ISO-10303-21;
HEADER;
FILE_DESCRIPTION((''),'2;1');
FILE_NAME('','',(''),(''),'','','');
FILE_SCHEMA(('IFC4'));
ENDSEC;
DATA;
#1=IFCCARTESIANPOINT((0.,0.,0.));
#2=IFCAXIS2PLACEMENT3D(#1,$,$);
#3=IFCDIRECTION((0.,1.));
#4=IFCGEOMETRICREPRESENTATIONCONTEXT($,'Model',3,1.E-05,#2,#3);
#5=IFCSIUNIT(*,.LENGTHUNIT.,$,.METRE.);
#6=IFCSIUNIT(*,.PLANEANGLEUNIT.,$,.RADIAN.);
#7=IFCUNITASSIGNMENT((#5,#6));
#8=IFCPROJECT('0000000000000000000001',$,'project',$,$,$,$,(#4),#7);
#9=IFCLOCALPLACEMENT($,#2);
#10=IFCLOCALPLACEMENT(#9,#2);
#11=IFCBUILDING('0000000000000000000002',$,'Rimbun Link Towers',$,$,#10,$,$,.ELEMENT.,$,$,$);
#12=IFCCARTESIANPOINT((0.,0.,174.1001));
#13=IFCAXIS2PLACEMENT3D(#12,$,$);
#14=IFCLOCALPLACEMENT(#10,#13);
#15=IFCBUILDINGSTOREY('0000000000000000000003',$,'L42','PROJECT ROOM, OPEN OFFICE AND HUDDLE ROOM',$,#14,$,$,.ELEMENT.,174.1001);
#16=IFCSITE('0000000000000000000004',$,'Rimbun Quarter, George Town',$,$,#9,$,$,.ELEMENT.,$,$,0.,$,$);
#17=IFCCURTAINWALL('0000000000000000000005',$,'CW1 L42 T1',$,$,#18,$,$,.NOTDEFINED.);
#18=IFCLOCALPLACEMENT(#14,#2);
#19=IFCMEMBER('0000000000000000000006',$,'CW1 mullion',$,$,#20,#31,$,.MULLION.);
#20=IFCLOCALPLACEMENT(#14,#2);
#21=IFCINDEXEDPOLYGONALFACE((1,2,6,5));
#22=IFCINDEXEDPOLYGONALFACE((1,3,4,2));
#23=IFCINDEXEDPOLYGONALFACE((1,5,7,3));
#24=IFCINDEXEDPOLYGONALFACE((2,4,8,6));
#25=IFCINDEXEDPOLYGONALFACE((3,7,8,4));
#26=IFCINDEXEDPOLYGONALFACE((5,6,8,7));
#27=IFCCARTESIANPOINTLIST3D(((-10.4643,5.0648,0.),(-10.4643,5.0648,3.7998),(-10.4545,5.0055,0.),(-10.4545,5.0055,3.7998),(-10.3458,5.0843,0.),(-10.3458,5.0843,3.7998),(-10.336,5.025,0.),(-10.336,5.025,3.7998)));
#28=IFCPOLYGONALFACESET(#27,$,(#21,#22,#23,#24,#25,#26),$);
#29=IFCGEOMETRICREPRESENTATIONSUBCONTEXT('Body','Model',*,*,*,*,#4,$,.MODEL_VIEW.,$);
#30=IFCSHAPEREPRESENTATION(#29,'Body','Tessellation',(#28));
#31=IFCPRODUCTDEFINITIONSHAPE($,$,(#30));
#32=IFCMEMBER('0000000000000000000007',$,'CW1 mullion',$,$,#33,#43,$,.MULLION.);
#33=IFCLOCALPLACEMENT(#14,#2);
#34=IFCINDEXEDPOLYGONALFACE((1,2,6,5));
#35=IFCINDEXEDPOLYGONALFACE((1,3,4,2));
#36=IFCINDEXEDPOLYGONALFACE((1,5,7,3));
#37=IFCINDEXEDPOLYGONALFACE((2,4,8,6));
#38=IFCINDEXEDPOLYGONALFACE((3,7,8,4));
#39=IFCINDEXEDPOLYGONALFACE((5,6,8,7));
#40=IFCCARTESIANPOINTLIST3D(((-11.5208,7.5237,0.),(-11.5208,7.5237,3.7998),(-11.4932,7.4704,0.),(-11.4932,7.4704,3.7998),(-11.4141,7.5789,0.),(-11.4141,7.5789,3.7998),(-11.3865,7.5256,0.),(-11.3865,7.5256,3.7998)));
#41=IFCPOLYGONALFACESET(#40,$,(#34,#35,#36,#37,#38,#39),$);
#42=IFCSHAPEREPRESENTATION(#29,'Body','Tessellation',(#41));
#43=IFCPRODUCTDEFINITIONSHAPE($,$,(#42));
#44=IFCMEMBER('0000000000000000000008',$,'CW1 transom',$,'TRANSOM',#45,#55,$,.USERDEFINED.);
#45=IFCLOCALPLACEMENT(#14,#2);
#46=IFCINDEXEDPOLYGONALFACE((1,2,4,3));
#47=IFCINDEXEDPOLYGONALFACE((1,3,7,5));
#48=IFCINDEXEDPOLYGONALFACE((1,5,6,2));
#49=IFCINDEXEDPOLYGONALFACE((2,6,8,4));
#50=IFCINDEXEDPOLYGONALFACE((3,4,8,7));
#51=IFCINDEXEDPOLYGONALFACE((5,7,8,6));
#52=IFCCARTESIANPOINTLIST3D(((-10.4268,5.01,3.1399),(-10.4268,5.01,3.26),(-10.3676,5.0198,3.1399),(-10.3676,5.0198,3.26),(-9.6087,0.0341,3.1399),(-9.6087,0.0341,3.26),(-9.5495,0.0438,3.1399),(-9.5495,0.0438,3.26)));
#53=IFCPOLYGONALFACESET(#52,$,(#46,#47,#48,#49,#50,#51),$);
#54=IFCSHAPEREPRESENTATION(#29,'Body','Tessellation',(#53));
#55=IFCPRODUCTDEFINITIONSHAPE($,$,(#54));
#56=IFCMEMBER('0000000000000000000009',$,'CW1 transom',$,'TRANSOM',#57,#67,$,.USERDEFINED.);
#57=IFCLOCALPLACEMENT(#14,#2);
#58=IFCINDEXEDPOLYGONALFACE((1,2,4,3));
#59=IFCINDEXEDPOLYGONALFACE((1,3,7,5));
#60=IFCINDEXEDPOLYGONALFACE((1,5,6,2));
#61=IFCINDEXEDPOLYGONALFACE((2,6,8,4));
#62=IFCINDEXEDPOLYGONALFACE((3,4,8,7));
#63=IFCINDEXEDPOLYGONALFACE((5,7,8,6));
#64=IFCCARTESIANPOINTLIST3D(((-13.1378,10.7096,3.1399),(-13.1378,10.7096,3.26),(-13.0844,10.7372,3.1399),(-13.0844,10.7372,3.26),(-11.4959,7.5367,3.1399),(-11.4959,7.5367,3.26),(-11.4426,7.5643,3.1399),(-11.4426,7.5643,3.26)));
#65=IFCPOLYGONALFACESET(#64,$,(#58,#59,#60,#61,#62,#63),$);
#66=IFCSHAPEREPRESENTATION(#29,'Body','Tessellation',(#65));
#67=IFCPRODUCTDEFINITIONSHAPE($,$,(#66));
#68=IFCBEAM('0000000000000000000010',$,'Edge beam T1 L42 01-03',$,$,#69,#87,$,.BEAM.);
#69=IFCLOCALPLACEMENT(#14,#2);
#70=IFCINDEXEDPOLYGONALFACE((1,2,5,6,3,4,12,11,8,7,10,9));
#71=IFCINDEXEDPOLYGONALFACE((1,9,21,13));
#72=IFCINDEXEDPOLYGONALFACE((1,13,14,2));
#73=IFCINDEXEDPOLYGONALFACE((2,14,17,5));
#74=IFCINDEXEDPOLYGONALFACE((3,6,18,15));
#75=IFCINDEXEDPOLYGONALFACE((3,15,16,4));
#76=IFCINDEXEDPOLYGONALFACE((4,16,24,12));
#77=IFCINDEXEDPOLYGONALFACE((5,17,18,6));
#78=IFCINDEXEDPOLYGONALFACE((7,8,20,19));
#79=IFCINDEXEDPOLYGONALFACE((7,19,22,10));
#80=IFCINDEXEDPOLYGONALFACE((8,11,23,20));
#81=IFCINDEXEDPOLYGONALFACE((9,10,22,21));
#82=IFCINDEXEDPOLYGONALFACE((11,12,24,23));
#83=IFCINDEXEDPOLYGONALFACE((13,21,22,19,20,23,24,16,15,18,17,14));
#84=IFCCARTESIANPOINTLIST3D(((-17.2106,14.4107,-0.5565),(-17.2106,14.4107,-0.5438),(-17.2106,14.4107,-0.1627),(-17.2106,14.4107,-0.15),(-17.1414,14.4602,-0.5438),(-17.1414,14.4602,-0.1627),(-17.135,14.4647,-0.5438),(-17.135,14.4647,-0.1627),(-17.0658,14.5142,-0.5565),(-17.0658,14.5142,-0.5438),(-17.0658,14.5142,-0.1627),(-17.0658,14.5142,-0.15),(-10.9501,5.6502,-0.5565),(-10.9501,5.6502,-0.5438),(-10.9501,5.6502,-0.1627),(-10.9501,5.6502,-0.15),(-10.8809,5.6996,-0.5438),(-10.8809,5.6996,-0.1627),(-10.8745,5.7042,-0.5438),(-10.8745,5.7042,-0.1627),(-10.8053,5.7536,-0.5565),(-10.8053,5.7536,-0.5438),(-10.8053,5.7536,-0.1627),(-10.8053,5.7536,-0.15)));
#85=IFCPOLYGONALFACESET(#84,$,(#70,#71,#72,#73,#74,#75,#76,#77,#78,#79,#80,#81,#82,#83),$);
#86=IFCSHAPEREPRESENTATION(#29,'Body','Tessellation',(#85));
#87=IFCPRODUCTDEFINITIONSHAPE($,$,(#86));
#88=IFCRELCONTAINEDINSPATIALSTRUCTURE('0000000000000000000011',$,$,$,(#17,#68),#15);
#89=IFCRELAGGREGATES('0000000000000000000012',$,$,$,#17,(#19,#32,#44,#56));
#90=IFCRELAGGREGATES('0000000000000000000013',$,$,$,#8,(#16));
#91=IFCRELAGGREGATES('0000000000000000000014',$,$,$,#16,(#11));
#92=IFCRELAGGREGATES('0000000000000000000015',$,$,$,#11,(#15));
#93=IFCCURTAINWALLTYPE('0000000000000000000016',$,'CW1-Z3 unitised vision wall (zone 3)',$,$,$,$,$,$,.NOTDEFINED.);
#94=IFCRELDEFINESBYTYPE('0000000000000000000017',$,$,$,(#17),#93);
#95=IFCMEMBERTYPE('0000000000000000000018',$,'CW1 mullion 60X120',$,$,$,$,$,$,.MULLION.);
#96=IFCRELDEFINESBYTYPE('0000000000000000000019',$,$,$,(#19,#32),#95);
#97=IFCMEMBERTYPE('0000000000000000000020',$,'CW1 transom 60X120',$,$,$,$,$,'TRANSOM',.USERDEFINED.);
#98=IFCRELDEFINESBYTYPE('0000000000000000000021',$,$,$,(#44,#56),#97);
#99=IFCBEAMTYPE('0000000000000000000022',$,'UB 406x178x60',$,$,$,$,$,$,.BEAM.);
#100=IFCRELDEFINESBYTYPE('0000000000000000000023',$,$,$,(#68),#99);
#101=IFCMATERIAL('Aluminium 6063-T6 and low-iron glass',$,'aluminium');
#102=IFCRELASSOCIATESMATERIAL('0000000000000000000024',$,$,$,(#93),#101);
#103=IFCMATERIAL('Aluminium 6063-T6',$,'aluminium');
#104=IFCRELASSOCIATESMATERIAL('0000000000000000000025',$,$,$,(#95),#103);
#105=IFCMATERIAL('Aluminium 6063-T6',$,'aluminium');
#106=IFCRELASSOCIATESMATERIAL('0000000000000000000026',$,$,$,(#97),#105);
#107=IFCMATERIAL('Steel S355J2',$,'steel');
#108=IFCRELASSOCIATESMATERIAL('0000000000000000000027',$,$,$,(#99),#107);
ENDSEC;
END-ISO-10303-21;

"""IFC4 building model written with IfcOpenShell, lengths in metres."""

from ifc_helpers import new_model, si_unit, direction, frame, origin, origin_2d, place, context, subcontext, project, spatial, rectangle, i_section, extrude, material, material_profile, profile_set, type_object, element, aggregate, save


model = new_model("IFC4")

# Units and contexts
model_context = context("Model", 3, precision=1e-05, world=origin(), true_north=direction((0.0, 1.0)))
body_context = subcontext(model_context, "Body", "Model", "MODEL_VIEW")
ifc_project = project(units=[si_unit("LENGTHUNIT", "METRE"), si_unit("PLANEANGLEUNIT", "RADIAN")], contexts=[model_context])

# Site, building, storey
site_placement = place(None, origin())
site = spatial("IfcSite", under=ifc_project, at=site_placement, Name="Rimbun Quarter, George Town", CompositionType="ELEMENT", RefElevation=0.0)
building_placement = place(site_placement, origin())
building = spatial("IfcBuilding", under=site, at=building_placement, Name="Rimbun Link Towers", CompositionType="ELEMENT")
storey_placement = place(building_placement, frame((0.0, 0.0, 174.1001)))
storey = spatial("IfcBuildingStorey", under=building, at=storey_placement, Name="L42", Description="PROJECT ROOM, OPEN OFFICE AND HUDDLE ROOM", CompositionType="ELEMENT", Elevation=174.1001)

# Curtain wall, members
ifc_material_1 = material(Name="Aluminium 6063-T6 and low-iron glass", Category="aluminium")
curtain_wall_type = type_object("IfcCurtainWallType", Name="CW1-Z3 unitised vision wall (zone 3)", PredefinedType="NOTDEFINED", material=ifc_material_1)
curtain_wall_placement = place(storey_placement, origin())
curtain_wall = element("IfcCurtainWall", 1, at=curtain_wall_placement, inside=storey, type_object=curtain_wall_type, Name="CW1 L42 T1", PredefinedType="NOTDEFINED")
ifc_material_2 = material(Name="Aluminium 6063-T6", Category="aluminium")
ifc_material_profile_1 = material_profile(ifc_material_2, rectangle(XDim=0.1201, YDim=0.0601, at=origin_2d()), Name="MULLION 60X120")
ifc_profile_set_1 = profile_set([ifc_material_profile_1], Name="Aluminium 6063-T6")
member_type_1 = type_object("IfcMemberType", Name="CW1 mullion 60X120", PredefinedType="MULLION", material=ifc_profile_set_1)
member_1_placement = place(storey_placement, frame((-10.4001, 5.0449, 0.0), z_axis=(0.0, 0.0, 1.0), x_axis=(0.986749, 0.162253, 0.0)))
member_1 = element("IfcMember", 2, at=member_1_placement, type_object=member_type_1, Name="CW1 mullion", PredefinedType="MULLION", context=body_context, shape_type="SweptSolid", body=[
    extrude(rectangle(XDim=0.1201, YDim=0.0601, at=origin_2d()), origin(), (0.0, 0.0, 1.0), 3.7998),
])
member_2_placement = place(storey_placement, frame((-11.4536, 7.5247, 0.0), z_axis=(0.0, 0.0, 1.0), x_axis=(0.888147, 0.459559, 0.0)))
member_2 = element("IfcMember", 3, at=member_2_placement, type_object=member_type_1, Name="CW1 mullion", PredefinedType="MULLION", context=body_context, shape_type="SweptSolid", body=[
    extrude(rectangle(XDim=0.1201, YDim=0.0601, at=origin_2d()), origin(), (0.0, 0.0, 1.0), 3.7998),
])
ifc_material_3 = material(Name="Aluminium 6063-T6", Category="aluminium")
ifc_material_profile_2 = material_profile(ifc_material_3, rectangle(XDim=0.0601, YDim=0.1201, at=origin_2d()), Name="TRANSOM 60X120")
ifc_profile_set_2 = profile_set([ifc_material_profile_2], Name="Aluminium 6063-T6")
member_type_2 = type_object("IfcMemberType", Name="CW1 transom 60X120", ElementType="TRANSOM", PredefinedType="USERDEFINED", material=ifc_profile_set_2)
member_3_placement = place(storey_placement, frame((-10.3972, 5.0149, 3.2), z_axis=(0.16224, -0.986751, 0.0), x_axis=(0.986751, 0.16224, 0.0)))
member_3 = element("IfcMember", 4, at=member_3_placement, type_object=member_type_2, Name="CW1 transom", ObjectType="TRANSOM", PredefinedType="USERDEFINED", context=body_context, shape_type="SweptSolid", body=[
    extrude(rectangle(XDim=0.0601, YDim=0.1201, at=origin_2d()), origin(), (0.0, 0.0, 1.0), 5.0427),
])
member_4_placement = place(storey_placement, frame((-13.1111, 10.7234, 3.2), z_axis=(0.459581, -0.888136, 0.0), x_axis=(0.888136, 0.459581, 0.0)))
member_4 = element("IfcMember", 5, at=member_4_placement, type_object=member_type_2, Name="CW1 transom", ObjectType="TRANSOM", PredefinedType="USERDEFINED", context=body_context, shape_type="SweptSolid", body=[
    extrude(rectangle(XDim=0.0601, YDim=0.1201, at=origin_2d()), origin(), (0.0, 0.0, 1.0), 3.5725),
])

# Beam
ifc_material_4 = material(Name="Steel S355J2", Category="steel")
ifc_material_profile_3 = material_profile(ifc_material_4, i_section(OverallWidth=0.178, OverallDepth=0.4065, WebThickness=0.0078, FlangeThickness=0.0127, at=origin_2d()), Name="UB 406x178x60")
ifc_profile_set_3 = profile_set([ifc_material_profile_3], Name="Steel S355J2")
beam_type = type_object("IfcBeamType", Name="UB 406x178x60", PredefinedType="BEAM", material=ifc_profile_set_3)
beam_placement = place(storey_placement, frame((-10.8777, 5.7019, -0.3533), z_axis=(-0.581423, 0.813602, 0.0), x_axis=(-0.813602, -0.581423, 0.0)))
element("IfcBeam", 6, at=beam_placement, inside=storey, type_object=beam_type, Name="Edge beam T1 L42 01-03", PredefinedType="BEAM", context=body_context, shape_type="SweptSolid", body=[
    extrude(i_section(OverallWidth=0.178, OverallDepth=0.4065, WebThickness=0.0078, FlangeThickness=0.0127, at=origin_2d()), origin(), (0.0, 0.0, 1.0), 10.7676),
])

aggregate(curtain_wall, [member_1, member_2, member_3, member_4])

save(model, "model.ifc")
